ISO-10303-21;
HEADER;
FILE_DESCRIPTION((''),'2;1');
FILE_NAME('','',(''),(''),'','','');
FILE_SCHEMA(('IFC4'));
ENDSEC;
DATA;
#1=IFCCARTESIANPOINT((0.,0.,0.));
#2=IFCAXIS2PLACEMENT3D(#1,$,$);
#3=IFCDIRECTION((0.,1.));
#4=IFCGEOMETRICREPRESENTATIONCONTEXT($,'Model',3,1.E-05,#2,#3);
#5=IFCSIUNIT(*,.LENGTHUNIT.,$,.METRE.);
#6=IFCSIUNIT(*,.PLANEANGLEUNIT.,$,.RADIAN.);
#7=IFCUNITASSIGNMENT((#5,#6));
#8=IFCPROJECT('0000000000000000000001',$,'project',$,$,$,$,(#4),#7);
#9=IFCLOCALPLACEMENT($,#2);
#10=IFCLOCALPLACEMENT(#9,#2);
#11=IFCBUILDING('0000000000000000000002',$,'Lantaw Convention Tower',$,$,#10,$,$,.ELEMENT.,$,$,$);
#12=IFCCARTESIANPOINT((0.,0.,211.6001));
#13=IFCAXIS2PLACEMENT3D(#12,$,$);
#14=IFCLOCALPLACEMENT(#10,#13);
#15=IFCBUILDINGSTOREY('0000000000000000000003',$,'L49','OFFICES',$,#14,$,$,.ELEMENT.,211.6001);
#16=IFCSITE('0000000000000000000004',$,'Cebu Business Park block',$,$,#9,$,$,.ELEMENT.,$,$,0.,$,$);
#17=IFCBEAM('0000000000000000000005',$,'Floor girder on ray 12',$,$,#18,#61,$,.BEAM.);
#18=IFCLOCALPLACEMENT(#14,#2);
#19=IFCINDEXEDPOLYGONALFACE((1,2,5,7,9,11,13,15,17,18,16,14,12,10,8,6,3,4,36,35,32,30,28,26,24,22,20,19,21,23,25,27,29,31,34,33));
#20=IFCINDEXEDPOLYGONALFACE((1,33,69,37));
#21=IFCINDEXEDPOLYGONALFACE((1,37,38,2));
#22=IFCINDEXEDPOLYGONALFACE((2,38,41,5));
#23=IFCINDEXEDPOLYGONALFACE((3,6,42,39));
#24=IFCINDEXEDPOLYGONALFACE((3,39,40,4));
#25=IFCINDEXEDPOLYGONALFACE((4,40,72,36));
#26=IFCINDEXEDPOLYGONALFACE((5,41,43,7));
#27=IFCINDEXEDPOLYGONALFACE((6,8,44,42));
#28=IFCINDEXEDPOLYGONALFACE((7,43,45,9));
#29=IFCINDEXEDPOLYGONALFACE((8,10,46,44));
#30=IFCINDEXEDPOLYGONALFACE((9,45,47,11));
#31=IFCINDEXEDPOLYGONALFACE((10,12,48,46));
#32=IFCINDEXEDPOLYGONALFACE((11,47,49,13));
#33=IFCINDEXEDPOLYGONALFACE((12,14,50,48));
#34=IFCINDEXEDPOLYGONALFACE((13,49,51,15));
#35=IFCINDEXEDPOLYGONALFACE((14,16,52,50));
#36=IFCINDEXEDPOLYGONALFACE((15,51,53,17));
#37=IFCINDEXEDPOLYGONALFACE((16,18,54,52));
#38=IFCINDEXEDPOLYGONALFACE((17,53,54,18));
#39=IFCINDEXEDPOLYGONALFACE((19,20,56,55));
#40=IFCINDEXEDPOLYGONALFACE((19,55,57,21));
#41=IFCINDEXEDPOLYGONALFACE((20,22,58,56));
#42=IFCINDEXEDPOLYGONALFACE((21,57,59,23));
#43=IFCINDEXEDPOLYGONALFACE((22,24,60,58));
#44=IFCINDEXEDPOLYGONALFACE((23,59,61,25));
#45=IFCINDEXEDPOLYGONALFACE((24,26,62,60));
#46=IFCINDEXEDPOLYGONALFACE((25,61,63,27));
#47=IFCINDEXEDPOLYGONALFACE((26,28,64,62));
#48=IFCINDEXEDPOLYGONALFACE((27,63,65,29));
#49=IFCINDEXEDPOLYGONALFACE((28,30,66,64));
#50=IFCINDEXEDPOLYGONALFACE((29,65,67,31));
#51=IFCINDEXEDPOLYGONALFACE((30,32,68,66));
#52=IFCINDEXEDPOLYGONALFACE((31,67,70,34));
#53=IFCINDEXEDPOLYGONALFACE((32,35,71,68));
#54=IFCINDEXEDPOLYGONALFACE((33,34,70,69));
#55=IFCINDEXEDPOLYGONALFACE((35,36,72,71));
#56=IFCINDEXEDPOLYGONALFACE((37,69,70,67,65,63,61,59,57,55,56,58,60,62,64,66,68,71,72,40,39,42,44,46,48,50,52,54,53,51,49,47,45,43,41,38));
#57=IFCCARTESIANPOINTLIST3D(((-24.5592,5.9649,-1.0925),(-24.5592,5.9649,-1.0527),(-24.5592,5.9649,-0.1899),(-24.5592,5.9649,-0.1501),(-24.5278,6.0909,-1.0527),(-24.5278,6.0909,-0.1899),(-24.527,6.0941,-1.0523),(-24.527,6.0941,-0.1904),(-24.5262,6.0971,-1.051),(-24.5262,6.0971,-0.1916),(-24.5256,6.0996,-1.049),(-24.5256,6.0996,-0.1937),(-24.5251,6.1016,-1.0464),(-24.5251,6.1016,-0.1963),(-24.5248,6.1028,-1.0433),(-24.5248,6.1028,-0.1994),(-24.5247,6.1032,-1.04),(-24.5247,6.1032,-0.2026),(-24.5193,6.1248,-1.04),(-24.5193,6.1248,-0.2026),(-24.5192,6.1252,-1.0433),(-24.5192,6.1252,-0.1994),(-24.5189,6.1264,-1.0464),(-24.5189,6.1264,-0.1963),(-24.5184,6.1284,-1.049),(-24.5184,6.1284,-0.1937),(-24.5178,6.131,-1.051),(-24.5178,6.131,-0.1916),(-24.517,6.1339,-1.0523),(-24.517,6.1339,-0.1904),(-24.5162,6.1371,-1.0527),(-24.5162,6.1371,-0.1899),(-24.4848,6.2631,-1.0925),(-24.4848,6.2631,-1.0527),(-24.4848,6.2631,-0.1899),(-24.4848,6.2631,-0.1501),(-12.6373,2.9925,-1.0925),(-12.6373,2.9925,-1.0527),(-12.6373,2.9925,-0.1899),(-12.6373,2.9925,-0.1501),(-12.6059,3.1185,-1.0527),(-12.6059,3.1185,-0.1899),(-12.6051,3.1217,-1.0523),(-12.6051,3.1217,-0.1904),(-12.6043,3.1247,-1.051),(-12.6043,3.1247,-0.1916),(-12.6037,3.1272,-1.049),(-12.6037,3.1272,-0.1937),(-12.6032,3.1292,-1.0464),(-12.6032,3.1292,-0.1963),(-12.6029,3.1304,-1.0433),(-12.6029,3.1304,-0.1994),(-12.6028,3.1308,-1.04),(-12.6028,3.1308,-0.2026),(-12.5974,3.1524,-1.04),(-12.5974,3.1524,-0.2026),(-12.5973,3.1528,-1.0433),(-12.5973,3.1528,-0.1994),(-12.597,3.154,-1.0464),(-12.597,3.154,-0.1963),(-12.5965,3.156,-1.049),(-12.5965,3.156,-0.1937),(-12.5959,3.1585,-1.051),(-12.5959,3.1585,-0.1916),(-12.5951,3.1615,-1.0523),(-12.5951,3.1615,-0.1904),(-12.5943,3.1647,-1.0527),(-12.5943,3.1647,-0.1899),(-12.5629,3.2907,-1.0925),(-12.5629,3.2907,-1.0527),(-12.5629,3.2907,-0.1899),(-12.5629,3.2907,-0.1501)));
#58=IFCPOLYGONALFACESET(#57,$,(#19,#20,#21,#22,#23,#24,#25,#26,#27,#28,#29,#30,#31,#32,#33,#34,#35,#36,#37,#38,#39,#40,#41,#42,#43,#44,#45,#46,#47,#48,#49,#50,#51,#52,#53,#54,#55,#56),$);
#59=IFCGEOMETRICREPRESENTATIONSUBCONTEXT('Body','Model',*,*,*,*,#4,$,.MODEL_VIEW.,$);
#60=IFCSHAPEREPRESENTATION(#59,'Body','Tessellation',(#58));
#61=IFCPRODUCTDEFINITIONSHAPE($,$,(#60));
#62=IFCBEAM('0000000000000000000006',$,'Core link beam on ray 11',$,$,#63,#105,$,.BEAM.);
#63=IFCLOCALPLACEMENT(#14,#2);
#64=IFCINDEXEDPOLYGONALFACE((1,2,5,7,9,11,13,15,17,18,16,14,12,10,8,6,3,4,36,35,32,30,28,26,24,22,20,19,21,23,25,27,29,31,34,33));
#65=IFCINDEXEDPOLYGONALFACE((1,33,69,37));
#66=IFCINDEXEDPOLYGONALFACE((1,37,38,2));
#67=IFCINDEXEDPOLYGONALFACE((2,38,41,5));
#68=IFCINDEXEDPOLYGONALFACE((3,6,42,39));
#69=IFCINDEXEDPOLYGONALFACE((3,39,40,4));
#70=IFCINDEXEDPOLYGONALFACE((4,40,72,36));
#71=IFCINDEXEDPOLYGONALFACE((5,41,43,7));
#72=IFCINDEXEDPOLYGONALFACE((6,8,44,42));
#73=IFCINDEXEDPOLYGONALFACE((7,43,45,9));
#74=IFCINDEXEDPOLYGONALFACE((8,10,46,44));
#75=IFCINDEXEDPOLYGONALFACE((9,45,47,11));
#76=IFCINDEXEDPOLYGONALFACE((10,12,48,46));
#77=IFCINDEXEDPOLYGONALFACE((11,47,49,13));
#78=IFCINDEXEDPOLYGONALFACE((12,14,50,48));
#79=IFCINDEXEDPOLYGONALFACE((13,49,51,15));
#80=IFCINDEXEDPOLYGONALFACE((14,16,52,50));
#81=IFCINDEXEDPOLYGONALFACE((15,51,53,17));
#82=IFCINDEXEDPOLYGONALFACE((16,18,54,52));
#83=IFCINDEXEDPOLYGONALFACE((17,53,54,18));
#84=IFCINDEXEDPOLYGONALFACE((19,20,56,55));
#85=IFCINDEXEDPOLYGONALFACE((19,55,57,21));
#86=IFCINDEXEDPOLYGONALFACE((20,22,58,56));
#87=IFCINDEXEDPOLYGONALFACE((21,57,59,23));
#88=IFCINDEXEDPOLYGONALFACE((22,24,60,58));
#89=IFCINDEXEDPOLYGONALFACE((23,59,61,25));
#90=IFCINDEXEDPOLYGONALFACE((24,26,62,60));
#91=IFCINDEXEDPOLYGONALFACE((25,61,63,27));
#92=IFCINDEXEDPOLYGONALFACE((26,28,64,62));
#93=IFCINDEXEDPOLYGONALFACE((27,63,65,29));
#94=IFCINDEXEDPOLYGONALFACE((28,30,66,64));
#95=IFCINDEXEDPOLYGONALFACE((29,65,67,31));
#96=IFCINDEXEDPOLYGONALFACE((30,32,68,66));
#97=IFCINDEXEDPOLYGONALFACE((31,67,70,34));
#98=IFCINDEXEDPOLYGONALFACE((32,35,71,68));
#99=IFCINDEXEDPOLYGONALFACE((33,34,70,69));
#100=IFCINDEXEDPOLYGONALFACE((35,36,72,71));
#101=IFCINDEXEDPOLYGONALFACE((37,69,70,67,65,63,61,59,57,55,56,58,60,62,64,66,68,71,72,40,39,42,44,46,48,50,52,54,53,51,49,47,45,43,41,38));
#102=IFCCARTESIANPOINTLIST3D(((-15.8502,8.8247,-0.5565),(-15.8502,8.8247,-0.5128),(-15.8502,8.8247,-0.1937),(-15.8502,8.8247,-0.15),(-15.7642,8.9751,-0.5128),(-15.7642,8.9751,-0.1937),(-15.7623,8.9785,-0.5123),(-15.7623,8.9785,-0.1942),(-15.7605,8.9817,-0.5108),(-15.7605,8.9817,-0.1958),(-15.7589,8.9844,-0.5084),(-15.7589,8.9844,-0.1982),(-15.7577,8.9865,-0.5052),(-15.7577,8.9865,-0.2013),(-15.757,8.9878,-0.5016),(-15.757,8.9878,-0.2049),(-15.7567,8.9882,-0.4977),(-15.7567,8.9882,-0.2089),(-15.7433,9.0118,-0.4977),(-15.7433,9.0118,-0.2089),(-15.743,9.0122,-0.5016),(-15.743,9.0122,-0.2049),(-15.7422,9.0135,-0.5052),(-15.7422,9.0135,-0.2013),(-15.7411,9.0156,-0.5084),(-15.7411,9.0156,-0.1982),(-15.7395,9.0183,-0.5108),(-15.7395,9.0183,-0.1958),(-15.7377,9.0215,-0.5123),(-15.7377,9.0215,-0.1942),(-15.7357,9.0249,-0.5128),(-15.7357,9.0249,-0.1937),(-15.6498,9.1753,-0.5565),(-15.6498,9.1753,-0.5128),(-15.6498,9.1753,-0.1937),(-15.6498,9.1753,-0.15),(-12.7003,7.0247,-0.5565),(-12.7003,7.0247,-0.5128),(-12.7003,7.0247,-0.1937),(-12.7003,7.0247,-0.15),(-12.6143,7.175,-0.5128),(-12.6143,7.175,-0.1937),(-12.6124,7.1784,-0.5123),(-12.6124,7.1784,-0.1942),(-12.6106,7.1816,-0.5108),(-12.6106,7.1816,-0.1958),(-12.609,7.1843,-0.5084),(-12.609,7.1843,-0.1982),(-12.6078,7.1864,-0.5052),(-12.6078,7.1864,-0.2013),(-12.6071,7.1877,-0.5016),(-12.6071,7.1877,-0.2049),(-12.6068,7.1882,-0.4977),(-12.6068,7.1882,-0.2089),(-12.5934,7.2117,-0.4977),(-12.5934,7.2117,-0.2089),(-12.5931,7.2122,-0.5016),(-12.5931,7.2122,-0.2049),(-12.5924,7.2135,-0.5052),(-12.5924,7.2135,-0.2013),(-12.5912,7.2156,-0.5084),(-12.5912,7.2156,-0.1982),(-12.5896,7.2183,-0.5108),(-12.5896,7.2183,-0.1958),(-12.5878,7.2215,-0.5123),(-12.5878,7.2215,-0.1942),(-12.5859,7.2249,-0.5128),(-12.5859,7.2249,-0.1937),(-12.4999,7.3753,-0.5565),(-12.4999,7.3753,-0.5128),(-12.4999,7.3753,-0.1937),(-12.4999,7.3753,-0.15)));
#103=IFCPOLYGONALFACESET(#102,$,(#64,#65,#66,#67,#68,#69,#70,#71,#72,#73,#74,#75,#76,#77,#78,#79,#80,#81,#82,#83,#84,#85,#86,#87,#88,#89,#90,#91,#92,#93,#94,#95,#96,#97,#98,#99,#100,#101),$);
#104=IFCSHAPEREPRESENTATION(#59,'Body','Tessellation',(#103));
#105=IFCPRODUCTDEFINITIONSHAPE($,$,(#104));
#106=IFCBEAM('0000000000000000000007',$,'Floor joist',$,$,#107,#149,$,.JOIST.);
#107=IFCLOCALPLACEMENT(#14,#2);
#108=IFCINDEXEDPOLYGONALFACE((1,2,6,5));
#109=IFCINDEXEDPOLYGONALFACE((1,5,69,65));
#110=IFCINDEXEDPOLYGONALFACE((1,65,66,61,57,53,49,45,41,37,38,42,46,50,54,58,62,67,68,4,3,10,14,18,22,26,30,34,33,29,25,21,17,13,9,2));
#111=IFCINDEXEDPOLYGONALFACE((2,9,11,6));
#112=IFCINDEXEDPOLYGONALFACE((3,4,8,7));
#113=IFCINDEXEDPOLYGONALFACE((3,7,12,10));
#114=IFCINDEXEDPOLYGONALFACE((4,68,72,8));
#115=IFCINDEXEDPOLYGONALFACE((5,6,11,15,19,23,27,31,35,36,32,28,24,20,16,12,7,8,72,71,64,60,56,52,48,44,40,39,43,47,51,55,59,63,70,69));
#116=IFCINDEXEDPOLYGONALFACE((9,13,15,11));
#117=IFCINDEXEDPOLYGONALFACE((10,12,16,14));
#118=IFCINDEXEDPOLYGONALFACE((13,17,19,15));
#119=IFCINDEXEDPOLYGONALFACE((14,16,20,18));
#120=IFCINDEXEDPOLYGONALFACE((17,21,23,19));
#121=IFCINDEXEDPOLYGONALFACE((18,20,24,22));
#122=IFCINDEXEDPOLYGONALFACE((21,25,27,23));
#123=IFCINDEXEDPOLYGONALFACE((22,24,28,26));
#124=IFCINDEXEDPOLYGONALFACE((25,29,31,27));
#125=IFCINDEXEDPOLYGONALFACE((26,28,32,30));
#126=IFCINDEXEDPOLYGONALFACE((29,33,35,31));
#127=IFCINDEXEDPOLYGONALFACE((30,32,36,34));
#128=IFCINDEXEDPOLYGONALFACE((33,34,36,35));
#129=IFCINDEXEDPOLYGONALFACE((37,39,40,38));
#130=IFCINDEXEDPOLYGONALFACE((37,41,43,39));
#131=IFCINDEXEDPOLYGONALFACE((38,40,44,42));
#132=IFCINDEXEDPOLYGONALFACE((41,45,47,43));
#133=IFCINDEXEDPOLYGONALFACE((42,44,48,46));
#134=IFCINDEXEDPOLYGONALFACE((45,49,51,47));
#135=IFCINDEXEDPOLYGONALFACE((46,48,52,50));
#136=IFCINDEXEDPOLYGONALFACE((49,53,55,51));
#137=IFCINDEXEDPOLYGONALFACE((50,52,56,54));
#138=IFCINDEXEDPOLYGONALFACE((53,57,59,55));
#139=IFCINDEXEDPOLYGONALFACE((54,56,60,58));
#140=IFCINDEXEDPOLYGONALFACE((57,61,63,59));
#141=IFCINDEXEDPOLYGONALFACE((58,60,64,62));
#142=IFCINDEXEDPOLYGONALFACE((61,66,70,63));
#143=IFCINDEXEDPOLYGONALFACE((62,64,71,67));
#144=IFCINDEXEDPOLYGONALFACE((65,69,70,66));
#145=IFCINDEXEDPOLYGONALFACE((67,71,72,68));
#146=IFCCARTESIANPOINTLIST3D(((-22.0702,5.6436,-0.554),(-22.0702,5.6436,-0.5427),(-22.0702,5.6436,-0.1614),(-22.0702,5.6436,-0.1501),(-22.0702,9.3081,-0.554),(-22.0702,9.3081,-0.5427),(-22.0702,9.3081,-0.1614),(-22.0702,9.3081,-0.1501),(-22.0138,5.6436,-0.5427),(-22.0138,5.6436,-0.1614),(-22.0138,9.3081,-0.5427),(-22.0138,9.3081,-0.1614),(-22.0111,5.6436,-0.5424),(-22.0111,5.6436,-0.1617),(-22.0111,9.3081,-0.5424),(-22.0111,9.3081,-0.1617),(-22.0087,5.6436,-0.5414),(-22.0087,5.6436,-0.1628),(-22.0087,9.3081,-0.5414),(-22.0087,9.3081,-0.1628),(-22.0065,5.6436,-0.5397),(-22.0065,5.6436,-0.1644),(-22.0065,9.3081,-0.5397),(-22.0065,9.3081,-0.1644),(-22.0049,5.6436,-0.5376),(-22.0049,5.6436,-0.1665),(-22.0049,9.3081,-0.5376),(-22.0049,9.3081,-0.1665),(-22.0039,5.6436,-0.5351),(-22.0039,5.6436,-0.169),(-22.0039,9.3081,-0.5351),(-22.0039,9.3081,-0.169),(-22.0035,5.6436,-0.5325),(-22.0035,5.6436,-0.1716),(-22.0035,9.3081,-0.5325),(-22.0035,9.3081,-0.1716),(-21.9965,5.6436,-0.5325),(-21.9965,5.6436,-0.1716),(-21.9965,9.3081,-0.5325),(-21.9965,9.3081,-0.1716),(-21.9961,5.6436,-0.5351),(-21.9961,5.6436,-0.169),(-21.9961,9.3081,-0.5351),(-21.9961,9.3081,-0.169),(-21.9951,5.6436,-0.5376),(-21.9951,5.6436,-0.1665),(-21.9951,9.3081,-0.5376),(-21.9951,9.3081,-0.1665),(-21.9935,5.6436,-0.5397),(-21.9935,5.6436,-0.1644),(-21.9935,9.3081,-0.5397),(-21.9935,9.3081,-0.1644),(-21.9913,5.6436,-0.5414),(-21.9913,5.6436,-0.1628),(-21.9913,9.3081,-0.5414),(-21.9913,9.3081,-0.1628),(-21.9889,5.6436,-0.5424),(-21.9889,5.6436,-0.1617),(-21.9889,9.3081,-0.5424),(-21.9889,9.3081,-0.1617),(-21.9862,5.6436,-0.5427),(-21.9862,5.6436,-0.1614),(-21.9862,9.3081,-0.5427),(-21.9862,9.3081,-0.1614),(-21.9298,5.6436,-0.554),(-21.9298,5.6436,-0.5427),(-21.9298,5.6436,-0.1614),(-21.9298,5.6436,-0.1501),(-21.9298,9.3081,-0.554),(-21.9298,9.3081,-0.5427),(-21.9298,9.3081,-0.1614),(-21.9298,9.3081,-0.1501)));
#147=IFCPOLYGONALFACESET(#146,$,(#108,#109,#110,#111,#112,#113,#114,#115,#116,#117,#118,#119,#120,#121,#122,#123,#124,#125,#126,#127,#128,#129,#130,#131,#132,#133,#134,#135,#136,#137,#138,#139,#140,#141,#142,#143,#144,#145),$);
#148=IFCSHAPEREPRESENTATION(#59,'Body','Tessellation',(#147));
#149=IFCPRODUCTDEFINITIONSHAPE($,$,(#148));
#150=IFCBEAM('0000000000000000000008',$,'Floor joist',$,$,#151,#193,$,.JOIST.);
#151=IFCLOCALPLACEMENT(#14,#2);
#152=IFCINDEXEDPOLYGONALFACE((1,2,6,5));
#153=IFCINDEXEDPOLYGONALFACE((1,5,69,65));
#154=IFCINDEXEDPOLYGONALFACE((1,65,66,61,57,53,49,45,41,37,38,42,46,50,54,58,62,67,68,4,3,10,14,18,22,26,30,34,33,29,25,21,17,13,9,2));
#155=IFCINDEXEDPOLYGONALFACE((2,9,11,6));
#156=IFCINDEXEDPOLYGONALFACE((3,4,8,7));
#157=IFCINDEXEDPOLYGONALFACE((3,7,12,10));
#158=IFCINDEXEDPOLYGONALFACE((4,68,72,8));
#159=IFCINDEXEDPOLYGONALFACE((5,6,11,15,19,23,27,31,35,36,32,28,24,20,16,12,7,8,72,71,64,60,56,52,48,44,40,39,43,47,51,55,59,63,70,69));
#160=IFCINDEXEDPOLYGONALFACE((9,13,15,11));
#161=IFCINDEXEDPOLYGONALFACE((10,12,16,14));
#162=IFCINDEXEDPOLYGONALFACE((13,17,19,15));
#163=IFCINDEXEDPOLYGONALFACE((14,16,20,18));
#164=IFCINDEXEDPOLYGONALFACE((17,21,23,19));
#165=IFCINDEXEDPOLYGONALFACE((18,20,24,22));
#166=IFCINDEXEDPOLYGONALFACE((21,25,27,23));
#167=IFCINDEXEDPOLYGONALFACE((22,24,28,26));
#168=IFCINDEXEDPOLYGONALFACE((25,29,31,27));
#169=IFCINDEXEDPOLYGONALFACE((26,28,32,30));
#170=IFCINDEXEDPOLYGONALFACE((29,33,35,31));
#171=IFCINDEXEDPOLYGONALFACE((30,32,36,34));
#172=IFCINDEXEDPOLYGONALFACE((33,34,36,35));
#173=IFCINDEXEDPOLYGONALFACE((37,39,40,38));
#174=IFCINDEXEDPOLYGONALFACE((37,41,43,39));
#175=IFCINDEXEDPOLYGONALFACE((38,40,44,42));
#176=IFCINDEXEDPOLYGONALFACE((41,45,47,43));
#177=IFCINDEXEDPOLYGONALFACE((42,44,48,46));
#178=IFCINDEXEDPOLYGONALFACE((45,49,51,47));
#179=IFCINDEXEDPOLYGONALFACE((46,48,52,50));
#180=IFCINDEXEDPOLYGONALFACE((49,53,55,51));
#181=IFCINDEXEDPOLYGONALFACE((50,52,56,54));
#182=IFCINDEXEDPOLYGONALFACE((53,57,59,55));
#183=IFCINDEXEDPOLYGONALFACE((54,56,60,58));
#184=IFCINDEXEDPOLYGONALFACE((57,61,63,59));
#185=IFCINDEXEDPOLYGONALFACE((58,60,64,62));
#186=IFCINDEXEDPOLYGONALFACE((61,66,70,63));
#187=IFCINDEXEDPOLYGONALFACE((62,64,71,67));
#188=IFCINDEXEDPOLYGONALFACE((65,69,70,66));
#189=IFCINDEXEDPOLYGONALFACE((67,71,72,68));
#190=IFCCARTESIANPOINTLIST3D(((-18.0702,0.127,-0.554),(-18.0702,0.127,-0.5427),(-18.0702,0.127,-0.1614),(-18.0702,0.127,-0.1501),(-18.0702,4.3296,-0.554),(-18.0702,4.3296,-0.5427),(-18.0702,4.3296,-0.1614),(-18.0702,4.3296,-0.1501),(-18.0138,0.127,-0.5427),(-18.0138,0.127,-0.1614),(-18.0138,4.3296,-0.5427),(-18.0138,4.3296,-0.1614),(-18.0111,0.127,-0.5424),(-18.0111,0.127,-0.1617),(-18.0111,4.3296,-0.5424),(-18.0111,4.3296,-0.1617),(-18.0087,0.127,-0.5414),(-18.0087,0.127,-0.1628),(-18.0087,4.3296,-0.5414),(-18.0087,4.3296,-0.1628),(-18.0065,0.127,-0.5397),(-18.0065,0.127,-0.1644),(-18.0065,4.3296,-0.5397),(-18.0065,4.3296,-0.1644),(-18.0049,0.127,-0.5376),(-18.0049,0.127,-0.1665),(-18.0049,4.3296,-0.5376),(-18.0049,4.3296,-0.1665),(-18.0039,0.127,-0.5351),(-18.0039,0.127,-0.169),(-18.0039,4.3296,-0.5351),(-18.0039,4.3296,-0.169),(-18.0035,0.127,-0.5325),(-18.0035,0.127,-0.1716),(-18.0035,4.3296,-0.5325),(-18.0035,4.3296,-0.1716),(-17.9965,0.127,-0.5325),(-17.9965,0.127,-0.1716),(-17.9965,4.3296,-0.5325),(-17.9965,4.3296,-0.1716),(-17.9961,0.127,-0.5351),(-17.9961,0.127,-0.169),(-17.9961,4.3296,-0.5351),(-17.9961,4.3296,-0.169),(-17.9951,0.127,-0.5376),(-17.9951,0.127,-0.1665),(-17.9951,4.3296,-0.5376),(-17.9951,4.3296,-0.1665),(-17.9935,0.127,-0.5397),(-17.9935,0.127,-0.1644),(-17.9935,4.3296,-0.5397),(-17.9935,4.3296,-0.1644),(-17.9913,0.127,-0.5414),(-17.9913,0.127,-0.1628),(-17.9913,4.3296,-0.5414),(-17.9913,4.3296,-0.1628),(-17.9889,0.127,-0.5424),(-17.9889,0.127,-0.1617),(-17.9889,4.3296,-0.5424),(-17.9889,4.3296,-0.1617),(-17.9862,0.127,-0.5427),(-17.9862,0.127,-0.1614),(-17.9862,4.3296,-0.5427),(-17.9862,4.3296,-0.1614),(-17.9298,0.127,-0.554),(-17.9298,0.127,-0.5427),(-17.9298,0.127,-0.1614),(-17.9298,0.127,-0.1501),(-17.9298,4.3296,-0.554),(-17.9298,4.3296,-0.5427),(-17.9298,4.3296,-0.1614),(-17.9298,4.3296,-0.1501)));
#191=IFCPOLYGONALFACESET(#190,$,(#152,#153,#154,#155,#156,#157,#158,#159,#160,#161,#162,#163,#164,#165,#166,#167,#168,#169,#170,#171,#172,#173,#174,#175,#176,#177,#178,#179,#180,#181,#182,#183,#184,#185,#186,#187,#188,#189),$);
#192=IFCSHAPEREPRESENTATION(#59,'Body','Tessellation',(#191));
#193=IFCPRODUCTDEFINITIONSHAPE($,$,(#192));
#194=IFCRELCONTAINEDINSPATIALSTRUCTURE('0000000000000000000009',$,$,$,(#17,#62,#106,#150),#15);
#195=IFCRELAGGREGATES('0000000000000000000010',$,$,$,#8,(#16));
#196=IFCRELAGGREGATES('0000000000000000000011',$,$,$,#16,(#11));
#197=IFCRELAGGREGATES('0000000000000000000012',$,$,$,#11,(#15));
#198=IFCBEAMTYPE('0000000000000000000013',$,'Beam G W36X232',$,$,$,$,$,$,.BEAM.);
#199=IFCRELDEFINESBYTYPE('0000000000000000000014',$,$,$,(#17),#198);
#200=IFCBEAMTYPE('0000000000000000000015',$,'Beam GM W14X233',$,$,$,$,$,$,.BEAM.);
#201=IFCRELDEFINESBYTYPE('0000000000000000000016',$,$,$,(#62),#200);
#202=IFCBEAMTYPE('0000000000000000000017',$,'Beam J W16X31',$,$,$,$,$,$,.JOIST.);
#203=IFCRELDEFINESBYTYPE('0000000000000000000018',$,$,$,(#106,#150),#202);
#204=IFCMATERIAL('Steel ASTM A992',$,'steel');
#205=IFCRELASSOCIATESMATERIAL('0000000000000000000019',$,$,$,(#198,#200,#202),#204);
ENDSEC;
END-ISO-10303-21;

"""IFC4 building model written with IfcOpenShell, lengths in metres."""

from ifc_helpers import new_model, si_unit, direction, frame, origin, origin_2d, place, context, subcontext, project, spatial, i_section, extrude, material, material_profile, profile_set, type_object, element, save


model = new_model("IFC4")

# Units and contexts
model_context = context("Model", 3, precision=1e-05, world=origin(), true_north=direction((0.0, 1.0)))
body_context = subcontext(model_context, "Body", "Model", "MODEL_VIEW")
ifc_project = project(units=[si_unit("LENGTHUNIT", "METRE"), si_unit("PLANEANGLEUNIT", "RADIAN")], contexts=[model_context])

# Site, building, storey
site_placement = place(None, origin())
site = spatial("IfcSite", under=ifc_project, at=site_placement, Name="Cebu Business Park block", CompositionType="ELEMENT", RefElevation=0.0)
building_placement = place(site_placement, origin())
building = spatial("IfcBuilding", under=site, at=building_placement, Name="Lantaw Convention Tower", CompositionType="ELEMENT")
storey_placement = place(building_placement, frame((0.0, 0.0, 211.6001)))
storey = spatial("IfcBuildingStorey", under=building, at=storey_placement, Name="L49", Description="OFFICES", CompositionType="ELEMENT", Elevation=211.6001)

# Beams
ifc_material_1 = material(Name="Steel ASTM A992", Category="steel")
ifc_material_profile_1 = material_profile(ifc_material_1, i_section(OverallWidth=0.3074, OverallDepth=0.9424, WebThickness=0.0222, FlangeThickness=0.0398, FilletRadius=0.0127, at=origin_2d()), Name="W36X232")
ifc_profile_set_1 = profile_set([ifc_material_profile_1], Name="Steel ASTM A992")
beam_type_1 = type_object("IfcBeamType", Name="Beam G W36X232", PredefinedType="BEAM", material=ifc_profile_set_1)
beam_1_placement = place(storey_placement, frame((-12.6001, 3.1416, -0.6213), z_axis=(-0.970297, 0.241918, 0.0), x_axis=(-0.241918, -0.970297, 0.0)))
element("IfcBeam", 1, at=beam_1_placement, inside=storey, type_object=beam_type_1, Name="Floor girder on ray 12", PredefinedType="BEAM", context=body_context, shape_type="SweptSolid", body=[
    extrude(i_section(OverallWidth=0.3074, OverallDepth=0.9424, WebThickness=0.0222, FlangeThickness=0.0398, FilletRadius=0.0127, at=origin_2d()), origin(), (0.0, 0.0, 1.0), 12.2869),
])
ifc_material_profile_2 = material_profile(ifc_material_1, i_section(OverallWidth=0.4038, OverallDepth=0.4065, WebThickness=0.0271, FlangeThickness=0.0437, FilletRadius=0.0151, at=origin_2d()), Name="W14X233")
ifc_profile_set_2 = profile_set([ifc_material_profile_2], Name="Steel ASTM A992")
beam_type_2 = type_object("IfcBeamType", Name="Beam GM W14X233", PredefinedType="BEAM", material=ifc_profile_set_2)
beam_2_placement = place(storey_placement, frame((-12.6001, 7.2, -0.3533), z_axis=(-0.868231, 0.496161, 0.0), x_axis=(-0.496161, -0.868231, 0.0)))
element("IfcBeam", 2, at=beam_2_placement, inside=storey, type_object=beam_type_2, Name="Core link beam on ray 11", PredefinedType="BEAM", context=body_context, shape_type="SweptSolid", body=[
    extrude(i_section(OverallWidth=0.4038, OverallDepth=0.4065, WebThickness=0.0271, FlangeThickness=0.0437, FilletRadius=0.0151, at=origin_2d()), origin(), (0.0, 0.0, 1.0), 3.6279),
])
ifc_material_profile_3 = material_profile(ifc_material_1, i_section(OverallWidth=0.1404, OverallDepth=0.4038, WebThickness=0.0071, FlangeThickness=0.0112, FilletRadius=0.0103, at=origin_2d()), Name="W16X31")
ifc_profile_set_3 = profile_set([ifc_material_profile_3], Name="Steel ASTM A992")
beam_type_3 = type_object("IfcBeamType", Name="Beam J W16X31", PredefinedType="JOIST", material=ifc_profile_set_3)
beam_3_placement = place(storey_placement, frame((-22.0, 5.6436, -0.3521), z_axis=(0.0, 1.0, 0.0), x_axis=(-1.0, 0.0, 0.0)))
element("IfcBeam", 3, at=beam_3_placement, inside=storey, type_object=beam_type_3, Name="Floor joist", PredefinedType="JOIST", context=body_context, shape_type="SweptSolid", body=[
    extrude(i_section(OverallWidth=0.1404, OverallDepth=0.4038, WebThickness=0.0071, FlangeThickness=0.0112, FilletRadius=0.0103, at=origin_2d()), origin(), (0.0, 0.0, 1.0), 3.6646),
])
beam_4_placement = place(storey_placement, frame((-18.0, 0.127, -0.3521), z_axis=(0.0, 1.0, 0.0), x_axis=(-1.0, 0.0, 0.0)))
element("IfcBeam", 4, at=beam_4_placement, inside=storey, type_object=beam_type_3, Name="Floor joist", PredefinedType="JOIST", context=body_context, shape_type="SweptSolid", body=[
    extrude(i_section(OverallWidth=0.1404, OverallDepth=0.4038, WebThickness=0.0071, FlangeThickness=0.0112, FilletRadius=0.0103, at=origin_2d()), origin(), (0.0, 0.0, 1.0), 4.2026),
])

save(model, "model.ifc")
